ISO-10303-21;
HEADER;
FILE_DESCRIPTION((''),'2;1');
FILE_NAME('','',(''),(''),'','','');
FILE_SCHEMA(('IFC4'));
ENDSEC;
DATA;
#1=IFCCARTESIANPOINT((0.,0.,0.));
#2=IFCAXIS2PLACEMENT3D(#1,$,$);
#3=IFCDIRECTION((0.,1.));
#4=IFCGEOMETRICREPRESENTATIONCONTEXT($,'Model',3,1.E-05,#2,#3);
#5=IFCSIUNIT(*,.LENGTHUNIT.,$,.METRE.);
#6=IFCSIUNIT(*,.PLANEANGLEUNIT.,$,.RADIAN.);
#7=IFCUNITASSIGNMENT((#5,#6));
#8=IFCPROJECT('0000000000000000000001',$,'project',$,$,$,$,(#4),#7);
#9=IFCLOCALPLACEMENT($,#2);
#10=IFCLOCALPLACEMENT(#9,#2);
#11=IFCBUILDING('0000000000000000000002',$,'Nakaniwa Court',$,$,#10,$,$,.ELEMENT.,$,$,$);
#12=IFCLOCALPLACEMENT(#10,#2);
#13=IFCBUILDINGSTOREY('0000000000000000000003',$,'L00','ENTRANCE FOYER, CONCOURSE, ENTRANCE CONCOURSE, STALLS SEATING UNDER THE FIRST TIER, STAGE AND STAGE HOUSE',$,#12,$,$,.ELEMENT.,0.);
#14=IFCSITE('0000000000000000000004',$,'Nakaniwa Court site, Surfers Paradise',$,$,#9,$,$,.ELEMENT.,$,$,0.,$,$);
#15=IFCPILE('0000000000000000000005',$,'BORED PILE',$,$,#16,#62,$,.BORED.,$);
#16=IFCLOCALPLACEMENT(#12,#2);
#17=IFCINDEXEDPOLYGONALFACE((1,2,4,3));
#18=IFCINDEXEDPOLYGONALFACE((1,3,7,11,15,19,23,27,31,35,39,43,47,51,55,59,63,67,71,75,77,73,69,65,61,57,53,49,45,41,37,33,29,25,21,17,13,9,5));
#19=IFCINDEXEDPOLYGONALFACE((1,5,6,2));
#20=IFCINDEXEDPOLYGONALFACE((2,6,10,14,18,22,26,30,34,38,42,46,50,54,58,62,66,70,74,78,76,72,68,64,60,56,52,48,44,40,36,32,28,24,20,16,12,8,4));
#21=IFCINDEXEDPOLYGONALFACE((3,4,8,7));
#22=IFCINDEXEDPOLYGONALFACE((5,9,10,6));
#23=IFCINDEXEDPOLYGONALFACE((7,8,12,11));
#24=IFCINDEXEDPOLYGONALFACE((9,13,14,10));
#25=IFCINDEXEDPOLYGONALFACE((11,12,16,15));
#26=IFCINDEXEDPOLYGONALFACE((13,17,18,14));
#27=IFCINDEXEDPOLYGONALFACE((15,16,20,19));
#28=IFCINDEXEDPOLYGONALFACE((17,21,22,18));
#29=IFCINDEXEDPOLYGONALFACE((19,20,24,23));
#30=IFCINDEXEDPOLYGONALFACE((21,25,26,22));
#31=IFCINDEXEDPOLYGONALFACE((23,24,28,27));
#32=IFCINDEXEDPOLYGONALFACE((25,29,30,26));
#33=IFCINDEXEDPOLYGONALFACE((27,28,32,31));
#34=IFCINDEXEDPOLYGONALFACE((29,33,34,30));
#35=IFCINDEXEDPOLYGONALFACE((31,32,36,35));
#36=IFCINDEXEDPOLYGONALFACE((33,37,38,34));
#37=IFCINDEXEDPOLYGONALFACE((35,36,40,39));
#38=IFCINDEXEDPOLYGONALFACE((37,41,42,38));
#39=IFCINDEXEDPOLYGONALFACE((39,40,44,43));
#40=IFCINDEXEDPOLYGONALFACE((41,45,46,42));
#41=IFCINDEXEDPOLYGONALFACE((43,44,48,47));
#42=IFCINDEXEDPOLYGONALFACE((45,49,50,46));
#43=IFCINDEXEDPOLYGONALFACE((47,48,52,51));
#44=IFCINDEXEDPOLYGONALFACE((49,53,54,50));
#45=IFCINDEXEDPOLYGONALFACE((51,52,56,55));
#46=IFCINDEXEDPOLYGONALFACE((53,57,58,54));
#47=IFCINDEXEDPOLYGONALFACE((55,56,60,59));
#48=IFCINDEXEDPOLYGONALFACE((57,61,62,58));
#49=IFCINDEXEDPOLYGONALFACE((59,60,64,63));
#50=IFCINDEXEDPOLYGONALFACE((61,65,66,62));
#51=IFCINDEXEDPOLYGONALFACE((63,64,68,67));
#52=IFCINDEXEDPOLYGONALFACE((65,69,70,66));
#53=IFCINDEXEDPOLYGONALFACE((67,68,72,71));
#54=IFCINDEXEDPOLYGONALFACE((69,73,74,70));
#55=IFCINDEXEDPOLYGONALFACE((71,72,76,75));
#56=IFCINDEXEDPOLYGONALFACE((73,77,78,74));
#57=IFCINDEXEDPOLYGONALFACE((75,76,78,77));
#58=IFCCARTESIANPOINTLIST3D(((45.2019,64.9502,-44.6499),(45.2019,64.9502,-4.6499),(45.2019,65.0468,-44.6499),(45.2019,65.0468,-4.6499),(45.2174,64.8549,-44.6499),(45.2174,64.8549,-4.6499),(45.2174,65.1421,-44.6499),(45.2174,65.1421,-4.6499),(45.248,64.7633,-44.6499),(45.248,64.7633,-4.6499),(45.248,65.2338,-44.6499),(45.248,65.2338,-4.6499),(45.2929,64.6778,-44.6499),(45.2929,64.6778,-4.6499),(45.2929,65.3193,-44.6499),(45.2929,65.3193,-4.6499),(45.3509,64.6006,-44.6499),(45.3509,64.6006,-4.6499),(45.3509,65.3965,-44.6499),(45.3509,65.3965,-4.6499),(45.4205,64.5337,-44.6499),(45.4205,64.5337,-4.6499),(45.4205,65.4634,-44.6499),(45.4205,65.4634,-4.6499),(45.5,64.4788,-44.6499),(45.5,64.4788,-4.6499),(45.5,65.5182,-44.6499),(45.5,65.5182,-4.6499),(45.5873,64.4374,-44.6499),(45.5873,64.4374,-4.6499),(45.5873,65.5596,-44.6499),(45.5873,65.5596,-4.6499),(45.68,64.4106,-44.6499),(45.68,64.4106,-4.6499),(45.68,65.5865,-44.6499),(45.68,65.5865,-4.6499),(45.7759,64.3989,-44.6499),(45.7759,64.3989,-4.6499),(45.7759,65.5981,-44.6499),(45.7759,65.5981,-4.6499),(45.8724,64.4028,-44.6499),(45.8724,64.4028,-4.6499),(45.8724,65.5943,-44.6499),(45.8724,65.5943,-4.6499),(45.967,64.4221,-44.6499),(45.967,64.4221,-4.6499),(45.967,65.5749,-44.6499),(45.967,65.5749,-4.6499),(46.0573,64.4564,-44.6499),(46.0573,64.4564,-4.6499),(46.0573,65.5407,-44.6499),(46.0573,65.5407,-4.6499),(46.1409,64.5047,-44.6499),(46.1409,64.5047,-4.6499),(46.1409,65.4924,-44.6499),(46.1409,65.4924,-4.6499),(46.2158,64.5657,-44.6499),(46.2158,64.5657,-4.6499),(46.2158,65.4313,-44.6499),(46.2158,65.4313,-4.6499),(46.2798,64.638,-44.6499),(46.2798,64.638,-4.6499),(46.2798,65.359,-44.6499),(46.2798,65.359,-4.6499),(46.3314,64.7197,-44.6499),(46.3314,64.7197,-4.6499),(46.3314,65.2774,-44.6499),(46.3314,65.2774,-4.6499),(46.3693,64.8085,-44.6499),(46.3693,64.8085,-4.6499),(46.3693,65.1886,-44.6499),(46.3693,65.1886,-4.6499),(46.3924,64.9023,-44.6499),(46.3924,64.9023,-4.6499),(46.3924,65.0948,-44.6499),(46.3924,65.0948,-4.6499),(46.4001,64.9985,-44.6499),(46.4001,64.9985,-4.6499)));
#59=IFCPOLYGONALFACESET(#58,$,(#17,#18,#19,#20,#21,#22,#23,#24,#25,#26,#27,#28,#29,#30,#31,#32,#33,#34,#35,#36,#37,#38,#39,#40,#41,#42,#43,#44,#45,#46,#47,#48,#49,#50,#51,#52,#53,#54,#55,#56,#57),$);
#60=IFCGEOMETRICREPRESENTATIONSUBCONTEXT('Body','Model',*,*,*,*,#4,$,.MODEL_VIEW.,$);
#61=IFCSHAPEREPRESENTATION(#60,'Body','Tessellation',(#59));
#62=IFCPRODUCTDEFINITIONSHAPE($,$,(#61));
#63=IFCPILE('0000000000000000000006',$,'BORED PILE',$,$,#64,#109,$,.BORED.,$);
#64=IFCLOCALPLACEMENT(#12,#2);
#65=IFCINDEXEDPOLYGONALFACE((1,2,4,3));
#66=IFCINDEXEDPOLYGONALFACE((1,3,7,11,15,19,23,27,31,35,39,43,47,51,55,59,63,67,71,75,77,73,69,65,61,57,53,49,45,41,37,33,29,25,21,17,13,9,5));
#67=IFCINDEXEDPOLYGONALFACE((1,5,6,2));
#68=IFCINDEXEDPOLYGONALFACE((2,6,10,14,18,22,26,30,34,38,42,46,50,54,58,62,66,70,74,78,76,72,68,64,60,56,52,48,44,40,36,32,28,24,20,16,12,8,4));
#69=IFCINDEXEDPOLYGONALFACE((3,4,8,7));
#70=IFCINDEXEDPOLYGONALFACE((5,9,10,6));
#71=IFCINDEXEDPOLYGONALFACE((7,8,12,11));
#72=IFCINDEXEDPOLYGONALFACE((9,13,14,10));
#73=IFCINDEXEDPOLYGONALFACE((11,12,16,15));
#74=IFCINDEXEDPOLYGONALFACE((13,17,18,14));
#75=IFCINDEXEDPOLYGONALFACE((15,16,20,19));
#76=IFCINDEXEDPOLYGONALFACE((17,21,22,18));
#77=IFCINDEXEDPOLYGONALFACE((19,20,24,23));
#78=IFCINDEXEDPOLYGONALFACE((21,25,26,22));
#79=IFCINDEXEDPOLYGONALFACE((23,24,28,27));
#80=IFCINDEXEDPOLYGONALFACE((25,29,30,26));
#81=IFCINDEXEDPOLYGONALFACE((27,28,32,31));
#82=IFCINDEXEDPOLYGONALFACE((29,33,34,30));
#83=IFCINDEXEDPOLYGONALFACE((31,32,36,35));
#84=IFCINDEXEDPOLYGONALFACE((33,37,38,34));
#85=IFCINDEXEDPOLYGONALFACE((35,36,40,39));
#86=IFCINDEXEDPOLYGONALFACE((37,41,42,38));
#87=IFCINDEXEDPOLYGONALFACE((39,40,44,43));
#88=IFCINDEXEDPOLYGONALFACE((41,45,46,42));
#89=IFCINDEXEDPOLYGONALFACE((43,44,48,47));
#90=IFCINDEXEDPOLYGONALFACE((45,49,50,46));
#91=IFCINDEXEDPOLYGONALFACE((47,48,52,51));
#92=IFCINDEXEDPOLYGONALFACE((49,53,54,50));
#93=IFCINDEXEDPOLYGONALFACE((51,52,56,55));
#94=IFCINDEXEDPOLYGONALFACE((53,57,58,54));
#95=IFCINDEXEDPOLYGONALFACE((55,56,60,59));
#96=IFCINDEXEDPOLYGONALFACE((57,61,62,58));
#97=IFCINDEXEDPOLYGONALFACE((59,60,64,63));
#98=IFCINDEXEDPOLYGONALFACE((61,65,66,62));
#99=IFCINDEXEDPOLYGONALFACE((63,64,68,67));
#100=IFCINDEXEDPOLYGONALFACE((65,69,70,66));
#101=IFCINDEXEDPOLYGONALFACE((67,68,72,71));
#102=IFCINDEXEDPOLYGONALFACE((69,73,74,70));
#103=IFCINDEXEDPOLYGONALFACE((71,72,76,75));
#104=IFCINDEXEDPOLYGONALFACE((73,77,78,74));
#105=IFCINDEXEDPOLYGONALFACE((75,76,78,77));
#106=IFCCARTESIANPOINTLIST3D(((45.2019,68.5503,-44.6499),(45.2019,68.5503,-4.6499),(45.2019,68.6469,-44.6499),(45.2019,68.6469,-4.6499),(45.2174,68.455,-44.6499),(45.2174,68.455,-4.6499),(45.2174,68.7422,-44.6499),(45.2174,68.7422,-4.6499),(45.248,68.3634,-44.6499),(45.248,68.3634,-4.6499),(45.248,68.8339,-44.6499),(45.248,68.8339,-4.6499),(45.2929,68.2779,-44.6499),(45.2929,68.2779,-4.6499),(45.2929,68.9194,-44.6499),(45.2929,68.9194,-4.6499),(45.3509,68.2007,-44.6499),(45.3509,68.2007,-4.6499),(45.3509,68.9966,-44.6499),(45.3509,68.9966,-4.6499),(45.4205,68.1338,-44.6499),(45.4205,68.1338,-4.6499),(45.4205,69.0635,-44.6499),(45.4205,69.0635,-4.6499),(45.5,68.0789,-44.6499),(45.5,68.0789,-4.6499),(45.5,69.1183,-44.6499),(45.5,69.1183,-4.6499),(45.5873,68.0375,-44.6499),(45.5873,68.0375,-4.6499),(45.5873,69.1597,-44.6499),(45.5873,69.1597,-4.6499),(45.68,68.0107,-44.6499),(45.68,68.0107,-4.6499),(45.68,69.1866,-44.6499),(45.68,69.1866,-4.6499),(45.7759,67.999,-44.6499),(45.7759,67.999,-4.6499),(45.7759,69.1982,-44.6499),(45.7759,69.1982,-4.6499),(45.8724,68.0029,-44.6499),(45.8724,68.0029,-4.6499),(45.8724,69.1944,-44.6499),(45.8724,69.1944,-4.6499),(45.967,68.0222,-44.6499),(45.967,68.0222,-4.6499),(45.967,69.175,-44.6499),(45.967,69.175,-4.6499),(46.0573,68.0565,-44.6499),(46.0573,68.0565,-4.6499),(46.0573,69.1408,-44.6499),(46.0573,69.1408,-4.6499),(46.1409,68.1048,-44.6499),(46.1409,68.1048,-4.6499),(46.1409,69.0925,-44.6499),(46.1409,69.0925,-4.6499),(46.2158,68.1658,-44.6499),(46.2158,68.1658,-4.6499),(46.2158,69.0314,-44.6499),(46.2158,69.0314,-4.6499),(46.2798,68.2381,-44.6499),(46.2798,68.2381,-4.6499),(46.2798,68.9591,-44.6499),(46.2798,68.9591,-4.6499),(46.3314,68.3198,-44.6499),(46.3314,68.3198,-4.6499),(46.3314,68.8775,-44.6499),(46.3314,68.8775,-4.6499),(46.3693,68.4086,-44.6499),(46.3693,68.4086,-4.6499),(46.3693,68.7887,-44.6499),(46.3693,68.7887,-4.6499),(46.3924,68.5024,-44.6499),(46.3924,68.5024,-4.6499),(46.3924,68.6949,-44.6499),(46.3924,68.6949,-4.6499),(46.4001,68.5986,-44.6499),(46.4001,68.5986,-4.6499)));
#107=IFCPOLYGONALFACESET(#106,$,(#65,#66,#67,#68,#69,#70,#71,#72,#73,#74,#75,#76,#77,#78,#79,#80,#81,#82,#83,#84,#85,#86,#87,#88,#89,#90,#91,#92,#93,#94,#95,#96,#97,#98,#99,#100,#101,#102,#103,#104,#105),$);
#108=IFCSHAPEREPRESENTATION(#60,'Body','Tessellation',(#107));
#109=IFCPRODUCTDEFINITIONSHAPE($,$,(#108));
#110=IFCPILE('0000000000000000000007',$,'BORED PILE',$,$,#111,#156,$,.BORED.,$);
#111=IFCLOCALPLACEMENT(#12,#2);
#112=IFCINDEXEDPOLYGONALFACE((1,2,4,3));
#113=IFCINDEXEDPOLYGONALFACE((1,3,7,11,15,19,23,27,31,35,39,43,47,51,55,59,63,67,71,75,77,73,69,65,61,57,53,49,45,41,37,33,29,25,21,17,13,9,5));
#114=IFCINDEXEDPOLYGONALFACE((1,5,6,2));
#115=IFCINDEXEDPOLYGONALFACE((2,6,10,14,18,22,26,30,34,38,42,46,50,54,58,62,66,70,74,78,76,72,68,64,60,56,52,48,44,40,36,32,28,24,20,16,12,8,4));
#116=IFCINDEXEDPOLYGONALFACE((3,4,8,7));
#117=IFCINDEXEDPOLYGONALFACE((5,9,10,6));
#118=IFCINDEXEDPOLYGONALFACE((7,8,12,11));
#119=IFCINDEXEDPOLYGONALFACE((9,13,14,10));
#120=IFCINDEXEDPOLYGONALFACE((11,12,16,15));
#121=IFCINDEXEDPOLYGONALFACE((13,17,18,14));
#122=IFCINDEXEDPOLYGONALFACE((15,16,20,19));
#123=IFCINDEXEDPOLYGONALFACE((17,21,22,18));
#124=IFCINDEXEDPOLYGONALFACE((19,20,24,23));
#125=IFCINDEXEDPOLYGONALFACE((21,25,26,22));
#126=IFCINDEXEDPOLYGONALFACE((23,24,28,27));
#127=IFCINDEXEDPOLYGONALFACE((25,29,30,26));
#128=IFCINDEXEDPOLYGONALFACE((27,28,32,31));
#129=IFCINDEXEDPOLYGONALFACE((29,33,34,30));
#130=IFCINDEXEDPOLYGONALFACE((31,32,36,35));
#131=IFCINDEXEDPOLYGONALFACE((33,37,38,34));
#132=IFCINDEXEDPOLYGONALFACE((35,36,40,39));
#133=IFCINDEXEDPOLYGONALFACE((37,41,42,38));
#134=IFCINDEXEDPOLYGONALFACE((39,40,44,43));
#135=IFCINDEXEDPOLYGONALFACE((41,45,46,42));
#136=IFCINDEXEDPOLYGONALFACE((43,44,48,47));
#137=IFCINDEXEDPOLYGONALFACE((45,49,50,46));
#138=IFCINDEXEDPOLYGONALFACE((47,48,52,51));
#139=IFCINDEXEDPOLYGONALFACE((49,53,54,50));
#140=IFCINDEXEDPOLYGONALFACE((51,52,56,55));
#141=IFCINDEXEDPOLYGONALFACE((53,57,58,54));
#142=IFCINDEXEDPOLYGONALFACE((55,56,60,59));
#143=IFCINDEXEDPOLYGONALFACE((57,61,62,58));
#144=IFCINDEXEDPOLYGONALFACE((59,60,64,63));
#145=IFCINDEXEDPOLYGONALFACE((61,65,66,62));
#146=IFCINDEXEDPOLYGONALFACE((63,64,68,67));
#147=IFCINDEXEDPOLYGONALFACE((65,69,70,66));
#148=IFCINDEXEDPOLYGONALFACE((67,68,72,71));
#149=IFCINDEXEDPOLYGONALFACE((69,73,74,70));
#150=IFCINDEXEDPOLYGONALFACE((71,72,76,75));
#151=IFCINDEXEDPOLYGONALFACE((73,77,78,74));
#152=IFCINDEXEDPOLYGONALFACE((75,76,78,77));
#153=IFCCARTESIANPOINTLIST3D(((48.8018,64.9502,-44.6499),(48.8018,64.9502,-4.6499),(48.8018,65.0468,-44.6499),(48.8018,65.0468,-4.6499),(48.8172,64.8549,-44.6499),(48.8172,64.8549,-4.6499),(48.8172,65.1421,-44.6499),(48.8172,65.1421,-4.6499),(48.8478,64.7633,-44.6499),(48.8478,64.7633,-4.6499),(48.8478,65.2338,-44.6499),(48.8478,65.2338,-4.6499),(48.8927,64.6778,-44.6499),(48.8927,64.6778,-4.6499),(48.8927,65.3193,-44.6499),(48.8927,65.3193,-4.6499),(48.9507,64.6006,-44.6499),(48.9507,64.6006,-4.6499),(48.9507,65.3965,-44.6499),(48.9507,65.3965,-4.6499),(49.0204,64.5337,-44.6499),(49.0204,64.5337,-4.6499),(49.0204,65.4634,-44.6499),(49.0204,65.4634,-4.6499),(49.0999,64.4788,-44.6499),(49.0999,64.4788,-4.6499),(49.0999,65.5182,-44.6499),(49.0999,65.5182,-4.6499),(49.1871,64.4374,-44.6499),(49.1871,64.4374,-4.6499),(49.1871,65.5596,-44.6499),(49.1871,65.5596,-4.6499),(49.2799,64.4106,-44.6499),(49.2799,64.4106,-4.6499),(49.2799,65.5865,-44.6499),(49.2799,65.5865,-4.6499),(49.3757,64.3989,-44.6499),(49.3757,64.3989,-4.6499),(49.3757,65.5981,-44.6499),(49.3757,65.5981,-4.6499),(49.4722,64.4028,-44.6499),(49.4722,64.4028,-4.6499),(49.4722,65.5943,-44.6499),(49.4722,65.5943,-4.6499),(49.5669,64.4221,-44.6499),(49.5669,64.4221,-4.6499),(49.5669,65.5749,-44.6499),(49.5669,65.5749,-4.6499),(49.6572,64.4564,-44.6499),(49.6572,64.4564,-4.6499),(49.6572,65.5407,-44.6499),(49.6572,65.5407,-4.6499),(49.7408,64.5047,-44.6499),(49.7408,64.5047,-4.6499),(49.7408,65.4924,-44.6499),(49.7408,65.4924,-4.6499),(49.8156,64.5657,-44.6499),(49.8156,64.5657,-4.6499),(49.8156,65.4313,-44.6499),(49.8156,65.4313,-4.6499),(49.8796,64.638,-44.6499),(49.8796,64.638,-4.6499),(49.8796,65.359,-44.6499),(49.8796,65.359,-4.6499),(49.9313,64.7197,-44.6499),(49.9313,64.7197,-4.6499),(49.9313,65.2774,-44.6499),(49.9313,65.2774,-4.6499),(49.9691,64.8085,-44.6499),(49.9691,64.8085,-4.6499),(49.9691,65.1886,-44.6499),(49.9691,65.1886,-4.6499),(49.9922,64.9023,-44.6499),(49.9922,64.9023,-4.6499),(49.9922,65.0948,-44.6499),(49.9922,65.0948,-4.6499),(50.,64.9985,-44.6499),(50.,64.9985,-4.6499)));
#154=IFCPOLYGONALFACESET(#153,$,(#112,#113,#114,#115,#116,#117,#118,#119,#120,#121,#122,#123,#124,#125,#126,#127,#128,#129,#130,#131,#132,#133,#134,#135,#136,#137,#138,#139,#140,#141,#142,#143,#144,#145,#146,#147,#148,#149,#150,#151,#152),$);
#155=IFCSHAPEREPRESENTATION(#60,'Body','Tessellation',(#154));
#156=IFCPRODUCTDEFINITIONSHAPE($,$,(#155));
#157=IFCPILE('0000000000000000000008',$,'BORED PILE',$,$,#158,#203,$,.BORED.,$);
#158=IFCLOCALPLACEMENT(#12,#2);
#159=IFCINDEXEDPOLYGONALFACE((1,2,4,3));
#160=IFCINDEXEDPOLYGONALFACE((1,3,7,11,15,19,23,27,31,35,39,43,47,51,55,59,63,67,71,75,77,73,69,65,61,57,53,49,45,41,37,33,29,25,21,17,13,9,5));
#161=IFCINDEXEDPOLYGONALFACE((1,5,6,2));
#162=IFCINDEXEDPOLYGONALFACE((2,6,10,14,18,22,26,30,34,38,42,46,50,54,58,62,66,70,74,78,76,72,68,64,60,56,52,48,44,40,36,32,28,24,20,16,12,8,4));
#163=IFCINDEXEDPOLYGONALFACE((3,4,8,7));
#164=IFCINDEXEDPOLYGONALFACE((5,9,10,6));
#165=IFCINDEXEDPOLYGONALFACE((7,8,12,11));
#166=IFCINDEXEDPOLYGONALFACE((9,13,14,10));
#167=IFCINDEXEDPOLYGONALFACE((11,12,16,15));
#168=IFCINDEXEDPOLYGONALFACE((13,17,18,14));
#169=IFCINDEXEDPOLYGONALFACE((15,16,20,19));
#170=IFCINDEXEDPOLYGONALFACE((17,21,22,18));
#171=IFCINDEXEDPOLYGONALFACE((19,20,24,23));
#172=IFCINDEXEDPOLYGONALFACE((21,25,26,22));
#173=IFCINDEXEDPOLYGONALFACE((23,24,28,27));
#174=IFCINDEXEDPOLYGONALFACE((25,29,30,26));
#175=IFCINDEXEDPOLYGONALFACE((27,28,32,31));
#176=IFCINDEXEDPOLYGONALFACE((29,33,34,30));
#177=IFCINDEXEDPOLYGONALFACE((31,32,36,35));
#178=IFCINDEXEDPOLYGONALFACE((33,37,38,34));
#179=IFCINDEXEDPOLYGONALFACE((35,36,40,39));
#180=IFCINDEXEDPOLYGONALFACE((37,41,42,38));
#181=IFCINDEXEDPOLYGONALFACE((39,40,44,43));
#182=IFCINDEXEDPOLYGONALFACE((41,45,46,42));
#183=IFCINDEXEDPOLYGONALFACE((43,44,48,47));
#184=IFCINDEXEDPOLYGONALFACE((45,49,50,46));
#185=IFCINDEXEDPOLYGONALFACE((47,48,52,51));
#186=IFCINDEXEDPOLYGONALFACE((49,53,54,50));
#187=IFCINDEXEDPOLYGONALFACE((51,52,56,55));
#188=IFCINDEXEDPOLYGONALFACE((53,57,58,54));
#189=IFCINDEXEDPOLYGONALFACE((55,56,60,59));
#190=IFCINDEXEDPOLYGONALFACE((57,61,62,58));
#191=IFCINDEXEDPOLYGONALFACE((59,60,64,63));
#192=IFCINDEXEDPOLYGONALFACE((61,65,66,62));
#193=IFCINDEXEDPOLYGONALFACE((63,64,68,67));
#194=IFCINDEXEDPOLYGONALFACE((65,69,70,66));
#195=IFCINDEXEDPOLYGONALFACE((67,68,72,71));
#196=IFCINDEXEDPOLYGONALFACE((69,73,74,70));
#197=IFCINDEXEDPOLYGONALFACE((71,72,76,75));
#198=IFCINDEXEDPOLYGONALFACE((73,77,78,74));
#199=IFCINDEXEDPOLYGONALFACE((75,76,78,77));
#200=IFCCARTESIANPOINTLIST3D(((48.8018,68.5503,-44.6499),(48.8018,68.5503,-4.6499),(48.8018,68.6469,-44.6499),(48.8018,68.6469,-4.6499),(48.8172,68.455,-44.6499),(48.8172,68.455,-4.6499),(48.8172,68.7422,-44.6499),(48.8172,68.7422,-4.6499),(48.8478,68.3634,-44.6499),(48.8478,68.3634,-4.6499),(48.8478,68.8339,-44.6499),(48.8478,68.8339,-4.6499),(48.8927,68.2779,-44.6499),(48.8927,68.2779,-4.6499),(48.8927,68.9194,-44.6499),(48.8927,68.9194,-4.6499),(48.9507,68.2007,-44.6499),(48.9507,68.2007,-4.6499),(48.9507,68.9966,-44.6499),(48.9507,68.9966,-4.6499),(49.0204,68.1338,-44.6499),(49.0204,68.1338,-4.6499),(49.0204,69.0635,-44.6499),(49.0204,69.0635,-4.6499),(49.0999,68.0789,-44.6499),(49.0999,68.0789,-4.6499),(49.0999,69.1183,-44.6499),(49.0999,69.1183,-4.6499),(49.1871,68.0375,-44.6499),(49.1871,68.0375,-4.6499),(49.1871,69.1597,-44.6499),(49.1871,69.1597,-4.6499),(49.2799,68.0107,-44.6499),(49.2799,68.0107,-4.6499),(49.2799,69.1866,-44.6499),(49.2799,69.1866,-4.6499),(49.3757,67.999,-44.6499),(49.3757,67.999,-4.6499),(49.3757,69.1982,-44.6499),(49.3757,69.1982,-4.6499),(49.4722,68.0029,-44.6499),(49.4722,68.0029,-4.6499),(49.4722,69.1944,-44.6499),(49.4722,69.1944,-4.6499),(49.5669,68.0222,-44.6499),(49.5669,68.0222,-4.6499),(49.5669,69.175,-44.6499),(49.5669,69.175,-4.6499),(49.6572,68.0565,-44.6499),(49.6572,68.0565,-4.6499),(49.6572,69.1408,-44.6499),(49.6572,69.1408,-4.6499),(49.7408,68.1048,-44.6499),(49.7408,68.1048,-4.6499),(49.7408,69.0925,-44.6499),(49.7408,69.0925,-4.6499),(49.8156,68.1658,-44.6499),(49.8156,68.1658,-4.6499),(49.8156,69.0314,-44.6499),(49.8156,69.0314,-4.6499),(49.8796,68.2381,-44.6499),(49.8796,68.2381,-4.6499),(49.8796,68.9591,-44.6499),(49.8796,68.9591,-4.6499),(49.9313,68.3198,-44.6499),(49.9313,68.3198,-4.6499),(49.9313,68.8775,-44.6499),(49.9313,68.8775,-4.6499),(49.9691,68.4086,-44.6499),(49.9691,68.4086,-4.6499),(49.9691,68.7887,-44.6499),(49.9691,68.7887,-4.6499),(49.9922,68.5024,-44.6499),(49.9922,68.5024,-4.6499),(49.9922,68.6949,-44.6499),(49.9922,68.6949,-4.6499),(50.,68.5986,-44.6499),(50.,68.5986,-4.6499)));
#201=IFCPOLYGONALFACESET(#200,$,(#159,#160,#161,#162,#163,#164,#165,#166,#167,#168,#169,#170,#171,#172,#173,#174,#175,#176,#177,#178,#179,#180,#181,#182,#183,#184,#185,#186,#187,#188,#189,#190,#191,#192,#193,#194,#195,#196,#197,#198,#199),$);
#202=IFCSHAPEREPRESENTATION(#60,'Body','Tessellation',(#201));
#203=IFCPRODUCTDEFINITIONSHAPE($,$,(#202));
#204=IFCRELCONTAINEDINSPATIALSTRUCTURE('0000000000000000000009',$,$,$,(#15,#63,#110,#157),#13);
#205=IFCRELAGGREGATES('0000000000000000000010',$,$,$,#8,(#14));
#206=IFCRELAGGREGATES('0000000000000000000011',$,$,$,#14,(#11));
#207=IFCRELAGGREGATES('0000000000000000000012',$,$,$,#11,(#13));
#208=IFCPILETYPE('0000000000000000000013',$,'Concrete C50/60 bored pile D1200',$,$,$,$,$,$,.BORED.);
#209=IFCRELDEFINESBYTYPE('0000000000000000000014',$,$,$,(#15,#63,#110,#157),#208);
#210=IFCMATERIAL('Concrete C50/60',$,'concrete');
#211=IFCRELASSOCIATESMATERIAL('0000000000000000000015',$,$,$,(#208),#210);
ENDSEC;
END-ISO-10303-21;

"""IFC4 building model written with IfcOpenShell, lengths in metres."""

from ifc_helpers import new_model, si_unit, direction, frame, origin, origin_2d, place, context, subcontext, project, spatial, circle, extrude, material, material_profile, profile_set, type_object, element, save


model = new_model("IFC4")

# Units and contexts
model_context = context("Model", 3, precision=1e-05, world=origin(), true_north=direction((0.0, 1.0)))
body_context = subcontext(model_context, "Body", "Model", "MODEL_VIEW")
ifc_project = project(units=[si_unit("LENGTHUNIT", "METRE"), si_unit("PLANEANGLEUNIT", "RADIAN")], contexts=[model_context])

# Site, building, storey
site_placement = place(None, origin())
site = spatial("IfcSite", under=ifc_project, at=site_placement, Name="Nakaniwa Court site, Surfers Paradise", CompositionType="ELEMENT", RefElevation=0.0)
building_placement = place(site_placement, origin())
building = spatial("IfcBuilding", under=site, at=building_placement, Name="Nakaniwa Court", CompositionType="ELEMENT")
storey_placement = place(building_placement, origin())
storey = spatial("IfcBuildingStorey", under=building, at=storey_placement, Name="L00", Description="ENTRANCE FOYER, CONCOURSE, ENTRANCE CONCOURSE, STALLS SEATING UNDER THE FIRST TIER, STAGE AND STAGE HOUSE", CompositionType="ELEMENT", Elevation=0.0)

# Piles
ifc_material_1 = material(Name="Concrete C50/60", Category="concrete")
ifc_material_profile_1 = material_profile(ifc_material_1, circle(Radius=0.6001, at=origin_2d()), Name="Concrete C50/60 bored pile D1200")
ifc_profile_set_1 = profile_set([ifc_material_profile_1], Name="Concrete C50/60")
pile_type = type_object("IfcPileType", Name="Concrete C50/60 bored pile D1200", PredefinedType="BORED", material=ifc_profile_set_1)
for number, where, z_axis, x_axis, name in (
    (1, (45.8, 64.9985, -4.6499), (0.0, 0.0, -1.0), (1.0, 0.0, 0.0), "BORED PILE"),
    (2, (45.8, 68.5986, -4.6499), (0.0, 0.0, -1.0), (1.0, 0.0, 0.0), "BORED PILE"),
    (3, (49.3999, 64.9985, -4.6499), (0.0, 0.0, -1.0), (1.0, 0.0, 0.0), "BORED PILE"),
    (4, (49.3999, 68.5986, -4.6499), (0.0, 0.0, -1.0), (1.0, 0.0, 0.0), "BORED PILE"),
):
    element("IfcPile", number, at=place(storey_placement, frame(where, z_axis=z_axis, x_axis=x_axis)), inside=storey, type_object=pile_type, Name=name, PredefinedType="BORED", context=body_context, shape_type="SweptSolid", body=[
        extrude(circle(Radius=0.6001, at=origin_2d()), origin(), (0.0, 0.0, 1.0), 40.0),
    ])

save(model, "model.ifc")
